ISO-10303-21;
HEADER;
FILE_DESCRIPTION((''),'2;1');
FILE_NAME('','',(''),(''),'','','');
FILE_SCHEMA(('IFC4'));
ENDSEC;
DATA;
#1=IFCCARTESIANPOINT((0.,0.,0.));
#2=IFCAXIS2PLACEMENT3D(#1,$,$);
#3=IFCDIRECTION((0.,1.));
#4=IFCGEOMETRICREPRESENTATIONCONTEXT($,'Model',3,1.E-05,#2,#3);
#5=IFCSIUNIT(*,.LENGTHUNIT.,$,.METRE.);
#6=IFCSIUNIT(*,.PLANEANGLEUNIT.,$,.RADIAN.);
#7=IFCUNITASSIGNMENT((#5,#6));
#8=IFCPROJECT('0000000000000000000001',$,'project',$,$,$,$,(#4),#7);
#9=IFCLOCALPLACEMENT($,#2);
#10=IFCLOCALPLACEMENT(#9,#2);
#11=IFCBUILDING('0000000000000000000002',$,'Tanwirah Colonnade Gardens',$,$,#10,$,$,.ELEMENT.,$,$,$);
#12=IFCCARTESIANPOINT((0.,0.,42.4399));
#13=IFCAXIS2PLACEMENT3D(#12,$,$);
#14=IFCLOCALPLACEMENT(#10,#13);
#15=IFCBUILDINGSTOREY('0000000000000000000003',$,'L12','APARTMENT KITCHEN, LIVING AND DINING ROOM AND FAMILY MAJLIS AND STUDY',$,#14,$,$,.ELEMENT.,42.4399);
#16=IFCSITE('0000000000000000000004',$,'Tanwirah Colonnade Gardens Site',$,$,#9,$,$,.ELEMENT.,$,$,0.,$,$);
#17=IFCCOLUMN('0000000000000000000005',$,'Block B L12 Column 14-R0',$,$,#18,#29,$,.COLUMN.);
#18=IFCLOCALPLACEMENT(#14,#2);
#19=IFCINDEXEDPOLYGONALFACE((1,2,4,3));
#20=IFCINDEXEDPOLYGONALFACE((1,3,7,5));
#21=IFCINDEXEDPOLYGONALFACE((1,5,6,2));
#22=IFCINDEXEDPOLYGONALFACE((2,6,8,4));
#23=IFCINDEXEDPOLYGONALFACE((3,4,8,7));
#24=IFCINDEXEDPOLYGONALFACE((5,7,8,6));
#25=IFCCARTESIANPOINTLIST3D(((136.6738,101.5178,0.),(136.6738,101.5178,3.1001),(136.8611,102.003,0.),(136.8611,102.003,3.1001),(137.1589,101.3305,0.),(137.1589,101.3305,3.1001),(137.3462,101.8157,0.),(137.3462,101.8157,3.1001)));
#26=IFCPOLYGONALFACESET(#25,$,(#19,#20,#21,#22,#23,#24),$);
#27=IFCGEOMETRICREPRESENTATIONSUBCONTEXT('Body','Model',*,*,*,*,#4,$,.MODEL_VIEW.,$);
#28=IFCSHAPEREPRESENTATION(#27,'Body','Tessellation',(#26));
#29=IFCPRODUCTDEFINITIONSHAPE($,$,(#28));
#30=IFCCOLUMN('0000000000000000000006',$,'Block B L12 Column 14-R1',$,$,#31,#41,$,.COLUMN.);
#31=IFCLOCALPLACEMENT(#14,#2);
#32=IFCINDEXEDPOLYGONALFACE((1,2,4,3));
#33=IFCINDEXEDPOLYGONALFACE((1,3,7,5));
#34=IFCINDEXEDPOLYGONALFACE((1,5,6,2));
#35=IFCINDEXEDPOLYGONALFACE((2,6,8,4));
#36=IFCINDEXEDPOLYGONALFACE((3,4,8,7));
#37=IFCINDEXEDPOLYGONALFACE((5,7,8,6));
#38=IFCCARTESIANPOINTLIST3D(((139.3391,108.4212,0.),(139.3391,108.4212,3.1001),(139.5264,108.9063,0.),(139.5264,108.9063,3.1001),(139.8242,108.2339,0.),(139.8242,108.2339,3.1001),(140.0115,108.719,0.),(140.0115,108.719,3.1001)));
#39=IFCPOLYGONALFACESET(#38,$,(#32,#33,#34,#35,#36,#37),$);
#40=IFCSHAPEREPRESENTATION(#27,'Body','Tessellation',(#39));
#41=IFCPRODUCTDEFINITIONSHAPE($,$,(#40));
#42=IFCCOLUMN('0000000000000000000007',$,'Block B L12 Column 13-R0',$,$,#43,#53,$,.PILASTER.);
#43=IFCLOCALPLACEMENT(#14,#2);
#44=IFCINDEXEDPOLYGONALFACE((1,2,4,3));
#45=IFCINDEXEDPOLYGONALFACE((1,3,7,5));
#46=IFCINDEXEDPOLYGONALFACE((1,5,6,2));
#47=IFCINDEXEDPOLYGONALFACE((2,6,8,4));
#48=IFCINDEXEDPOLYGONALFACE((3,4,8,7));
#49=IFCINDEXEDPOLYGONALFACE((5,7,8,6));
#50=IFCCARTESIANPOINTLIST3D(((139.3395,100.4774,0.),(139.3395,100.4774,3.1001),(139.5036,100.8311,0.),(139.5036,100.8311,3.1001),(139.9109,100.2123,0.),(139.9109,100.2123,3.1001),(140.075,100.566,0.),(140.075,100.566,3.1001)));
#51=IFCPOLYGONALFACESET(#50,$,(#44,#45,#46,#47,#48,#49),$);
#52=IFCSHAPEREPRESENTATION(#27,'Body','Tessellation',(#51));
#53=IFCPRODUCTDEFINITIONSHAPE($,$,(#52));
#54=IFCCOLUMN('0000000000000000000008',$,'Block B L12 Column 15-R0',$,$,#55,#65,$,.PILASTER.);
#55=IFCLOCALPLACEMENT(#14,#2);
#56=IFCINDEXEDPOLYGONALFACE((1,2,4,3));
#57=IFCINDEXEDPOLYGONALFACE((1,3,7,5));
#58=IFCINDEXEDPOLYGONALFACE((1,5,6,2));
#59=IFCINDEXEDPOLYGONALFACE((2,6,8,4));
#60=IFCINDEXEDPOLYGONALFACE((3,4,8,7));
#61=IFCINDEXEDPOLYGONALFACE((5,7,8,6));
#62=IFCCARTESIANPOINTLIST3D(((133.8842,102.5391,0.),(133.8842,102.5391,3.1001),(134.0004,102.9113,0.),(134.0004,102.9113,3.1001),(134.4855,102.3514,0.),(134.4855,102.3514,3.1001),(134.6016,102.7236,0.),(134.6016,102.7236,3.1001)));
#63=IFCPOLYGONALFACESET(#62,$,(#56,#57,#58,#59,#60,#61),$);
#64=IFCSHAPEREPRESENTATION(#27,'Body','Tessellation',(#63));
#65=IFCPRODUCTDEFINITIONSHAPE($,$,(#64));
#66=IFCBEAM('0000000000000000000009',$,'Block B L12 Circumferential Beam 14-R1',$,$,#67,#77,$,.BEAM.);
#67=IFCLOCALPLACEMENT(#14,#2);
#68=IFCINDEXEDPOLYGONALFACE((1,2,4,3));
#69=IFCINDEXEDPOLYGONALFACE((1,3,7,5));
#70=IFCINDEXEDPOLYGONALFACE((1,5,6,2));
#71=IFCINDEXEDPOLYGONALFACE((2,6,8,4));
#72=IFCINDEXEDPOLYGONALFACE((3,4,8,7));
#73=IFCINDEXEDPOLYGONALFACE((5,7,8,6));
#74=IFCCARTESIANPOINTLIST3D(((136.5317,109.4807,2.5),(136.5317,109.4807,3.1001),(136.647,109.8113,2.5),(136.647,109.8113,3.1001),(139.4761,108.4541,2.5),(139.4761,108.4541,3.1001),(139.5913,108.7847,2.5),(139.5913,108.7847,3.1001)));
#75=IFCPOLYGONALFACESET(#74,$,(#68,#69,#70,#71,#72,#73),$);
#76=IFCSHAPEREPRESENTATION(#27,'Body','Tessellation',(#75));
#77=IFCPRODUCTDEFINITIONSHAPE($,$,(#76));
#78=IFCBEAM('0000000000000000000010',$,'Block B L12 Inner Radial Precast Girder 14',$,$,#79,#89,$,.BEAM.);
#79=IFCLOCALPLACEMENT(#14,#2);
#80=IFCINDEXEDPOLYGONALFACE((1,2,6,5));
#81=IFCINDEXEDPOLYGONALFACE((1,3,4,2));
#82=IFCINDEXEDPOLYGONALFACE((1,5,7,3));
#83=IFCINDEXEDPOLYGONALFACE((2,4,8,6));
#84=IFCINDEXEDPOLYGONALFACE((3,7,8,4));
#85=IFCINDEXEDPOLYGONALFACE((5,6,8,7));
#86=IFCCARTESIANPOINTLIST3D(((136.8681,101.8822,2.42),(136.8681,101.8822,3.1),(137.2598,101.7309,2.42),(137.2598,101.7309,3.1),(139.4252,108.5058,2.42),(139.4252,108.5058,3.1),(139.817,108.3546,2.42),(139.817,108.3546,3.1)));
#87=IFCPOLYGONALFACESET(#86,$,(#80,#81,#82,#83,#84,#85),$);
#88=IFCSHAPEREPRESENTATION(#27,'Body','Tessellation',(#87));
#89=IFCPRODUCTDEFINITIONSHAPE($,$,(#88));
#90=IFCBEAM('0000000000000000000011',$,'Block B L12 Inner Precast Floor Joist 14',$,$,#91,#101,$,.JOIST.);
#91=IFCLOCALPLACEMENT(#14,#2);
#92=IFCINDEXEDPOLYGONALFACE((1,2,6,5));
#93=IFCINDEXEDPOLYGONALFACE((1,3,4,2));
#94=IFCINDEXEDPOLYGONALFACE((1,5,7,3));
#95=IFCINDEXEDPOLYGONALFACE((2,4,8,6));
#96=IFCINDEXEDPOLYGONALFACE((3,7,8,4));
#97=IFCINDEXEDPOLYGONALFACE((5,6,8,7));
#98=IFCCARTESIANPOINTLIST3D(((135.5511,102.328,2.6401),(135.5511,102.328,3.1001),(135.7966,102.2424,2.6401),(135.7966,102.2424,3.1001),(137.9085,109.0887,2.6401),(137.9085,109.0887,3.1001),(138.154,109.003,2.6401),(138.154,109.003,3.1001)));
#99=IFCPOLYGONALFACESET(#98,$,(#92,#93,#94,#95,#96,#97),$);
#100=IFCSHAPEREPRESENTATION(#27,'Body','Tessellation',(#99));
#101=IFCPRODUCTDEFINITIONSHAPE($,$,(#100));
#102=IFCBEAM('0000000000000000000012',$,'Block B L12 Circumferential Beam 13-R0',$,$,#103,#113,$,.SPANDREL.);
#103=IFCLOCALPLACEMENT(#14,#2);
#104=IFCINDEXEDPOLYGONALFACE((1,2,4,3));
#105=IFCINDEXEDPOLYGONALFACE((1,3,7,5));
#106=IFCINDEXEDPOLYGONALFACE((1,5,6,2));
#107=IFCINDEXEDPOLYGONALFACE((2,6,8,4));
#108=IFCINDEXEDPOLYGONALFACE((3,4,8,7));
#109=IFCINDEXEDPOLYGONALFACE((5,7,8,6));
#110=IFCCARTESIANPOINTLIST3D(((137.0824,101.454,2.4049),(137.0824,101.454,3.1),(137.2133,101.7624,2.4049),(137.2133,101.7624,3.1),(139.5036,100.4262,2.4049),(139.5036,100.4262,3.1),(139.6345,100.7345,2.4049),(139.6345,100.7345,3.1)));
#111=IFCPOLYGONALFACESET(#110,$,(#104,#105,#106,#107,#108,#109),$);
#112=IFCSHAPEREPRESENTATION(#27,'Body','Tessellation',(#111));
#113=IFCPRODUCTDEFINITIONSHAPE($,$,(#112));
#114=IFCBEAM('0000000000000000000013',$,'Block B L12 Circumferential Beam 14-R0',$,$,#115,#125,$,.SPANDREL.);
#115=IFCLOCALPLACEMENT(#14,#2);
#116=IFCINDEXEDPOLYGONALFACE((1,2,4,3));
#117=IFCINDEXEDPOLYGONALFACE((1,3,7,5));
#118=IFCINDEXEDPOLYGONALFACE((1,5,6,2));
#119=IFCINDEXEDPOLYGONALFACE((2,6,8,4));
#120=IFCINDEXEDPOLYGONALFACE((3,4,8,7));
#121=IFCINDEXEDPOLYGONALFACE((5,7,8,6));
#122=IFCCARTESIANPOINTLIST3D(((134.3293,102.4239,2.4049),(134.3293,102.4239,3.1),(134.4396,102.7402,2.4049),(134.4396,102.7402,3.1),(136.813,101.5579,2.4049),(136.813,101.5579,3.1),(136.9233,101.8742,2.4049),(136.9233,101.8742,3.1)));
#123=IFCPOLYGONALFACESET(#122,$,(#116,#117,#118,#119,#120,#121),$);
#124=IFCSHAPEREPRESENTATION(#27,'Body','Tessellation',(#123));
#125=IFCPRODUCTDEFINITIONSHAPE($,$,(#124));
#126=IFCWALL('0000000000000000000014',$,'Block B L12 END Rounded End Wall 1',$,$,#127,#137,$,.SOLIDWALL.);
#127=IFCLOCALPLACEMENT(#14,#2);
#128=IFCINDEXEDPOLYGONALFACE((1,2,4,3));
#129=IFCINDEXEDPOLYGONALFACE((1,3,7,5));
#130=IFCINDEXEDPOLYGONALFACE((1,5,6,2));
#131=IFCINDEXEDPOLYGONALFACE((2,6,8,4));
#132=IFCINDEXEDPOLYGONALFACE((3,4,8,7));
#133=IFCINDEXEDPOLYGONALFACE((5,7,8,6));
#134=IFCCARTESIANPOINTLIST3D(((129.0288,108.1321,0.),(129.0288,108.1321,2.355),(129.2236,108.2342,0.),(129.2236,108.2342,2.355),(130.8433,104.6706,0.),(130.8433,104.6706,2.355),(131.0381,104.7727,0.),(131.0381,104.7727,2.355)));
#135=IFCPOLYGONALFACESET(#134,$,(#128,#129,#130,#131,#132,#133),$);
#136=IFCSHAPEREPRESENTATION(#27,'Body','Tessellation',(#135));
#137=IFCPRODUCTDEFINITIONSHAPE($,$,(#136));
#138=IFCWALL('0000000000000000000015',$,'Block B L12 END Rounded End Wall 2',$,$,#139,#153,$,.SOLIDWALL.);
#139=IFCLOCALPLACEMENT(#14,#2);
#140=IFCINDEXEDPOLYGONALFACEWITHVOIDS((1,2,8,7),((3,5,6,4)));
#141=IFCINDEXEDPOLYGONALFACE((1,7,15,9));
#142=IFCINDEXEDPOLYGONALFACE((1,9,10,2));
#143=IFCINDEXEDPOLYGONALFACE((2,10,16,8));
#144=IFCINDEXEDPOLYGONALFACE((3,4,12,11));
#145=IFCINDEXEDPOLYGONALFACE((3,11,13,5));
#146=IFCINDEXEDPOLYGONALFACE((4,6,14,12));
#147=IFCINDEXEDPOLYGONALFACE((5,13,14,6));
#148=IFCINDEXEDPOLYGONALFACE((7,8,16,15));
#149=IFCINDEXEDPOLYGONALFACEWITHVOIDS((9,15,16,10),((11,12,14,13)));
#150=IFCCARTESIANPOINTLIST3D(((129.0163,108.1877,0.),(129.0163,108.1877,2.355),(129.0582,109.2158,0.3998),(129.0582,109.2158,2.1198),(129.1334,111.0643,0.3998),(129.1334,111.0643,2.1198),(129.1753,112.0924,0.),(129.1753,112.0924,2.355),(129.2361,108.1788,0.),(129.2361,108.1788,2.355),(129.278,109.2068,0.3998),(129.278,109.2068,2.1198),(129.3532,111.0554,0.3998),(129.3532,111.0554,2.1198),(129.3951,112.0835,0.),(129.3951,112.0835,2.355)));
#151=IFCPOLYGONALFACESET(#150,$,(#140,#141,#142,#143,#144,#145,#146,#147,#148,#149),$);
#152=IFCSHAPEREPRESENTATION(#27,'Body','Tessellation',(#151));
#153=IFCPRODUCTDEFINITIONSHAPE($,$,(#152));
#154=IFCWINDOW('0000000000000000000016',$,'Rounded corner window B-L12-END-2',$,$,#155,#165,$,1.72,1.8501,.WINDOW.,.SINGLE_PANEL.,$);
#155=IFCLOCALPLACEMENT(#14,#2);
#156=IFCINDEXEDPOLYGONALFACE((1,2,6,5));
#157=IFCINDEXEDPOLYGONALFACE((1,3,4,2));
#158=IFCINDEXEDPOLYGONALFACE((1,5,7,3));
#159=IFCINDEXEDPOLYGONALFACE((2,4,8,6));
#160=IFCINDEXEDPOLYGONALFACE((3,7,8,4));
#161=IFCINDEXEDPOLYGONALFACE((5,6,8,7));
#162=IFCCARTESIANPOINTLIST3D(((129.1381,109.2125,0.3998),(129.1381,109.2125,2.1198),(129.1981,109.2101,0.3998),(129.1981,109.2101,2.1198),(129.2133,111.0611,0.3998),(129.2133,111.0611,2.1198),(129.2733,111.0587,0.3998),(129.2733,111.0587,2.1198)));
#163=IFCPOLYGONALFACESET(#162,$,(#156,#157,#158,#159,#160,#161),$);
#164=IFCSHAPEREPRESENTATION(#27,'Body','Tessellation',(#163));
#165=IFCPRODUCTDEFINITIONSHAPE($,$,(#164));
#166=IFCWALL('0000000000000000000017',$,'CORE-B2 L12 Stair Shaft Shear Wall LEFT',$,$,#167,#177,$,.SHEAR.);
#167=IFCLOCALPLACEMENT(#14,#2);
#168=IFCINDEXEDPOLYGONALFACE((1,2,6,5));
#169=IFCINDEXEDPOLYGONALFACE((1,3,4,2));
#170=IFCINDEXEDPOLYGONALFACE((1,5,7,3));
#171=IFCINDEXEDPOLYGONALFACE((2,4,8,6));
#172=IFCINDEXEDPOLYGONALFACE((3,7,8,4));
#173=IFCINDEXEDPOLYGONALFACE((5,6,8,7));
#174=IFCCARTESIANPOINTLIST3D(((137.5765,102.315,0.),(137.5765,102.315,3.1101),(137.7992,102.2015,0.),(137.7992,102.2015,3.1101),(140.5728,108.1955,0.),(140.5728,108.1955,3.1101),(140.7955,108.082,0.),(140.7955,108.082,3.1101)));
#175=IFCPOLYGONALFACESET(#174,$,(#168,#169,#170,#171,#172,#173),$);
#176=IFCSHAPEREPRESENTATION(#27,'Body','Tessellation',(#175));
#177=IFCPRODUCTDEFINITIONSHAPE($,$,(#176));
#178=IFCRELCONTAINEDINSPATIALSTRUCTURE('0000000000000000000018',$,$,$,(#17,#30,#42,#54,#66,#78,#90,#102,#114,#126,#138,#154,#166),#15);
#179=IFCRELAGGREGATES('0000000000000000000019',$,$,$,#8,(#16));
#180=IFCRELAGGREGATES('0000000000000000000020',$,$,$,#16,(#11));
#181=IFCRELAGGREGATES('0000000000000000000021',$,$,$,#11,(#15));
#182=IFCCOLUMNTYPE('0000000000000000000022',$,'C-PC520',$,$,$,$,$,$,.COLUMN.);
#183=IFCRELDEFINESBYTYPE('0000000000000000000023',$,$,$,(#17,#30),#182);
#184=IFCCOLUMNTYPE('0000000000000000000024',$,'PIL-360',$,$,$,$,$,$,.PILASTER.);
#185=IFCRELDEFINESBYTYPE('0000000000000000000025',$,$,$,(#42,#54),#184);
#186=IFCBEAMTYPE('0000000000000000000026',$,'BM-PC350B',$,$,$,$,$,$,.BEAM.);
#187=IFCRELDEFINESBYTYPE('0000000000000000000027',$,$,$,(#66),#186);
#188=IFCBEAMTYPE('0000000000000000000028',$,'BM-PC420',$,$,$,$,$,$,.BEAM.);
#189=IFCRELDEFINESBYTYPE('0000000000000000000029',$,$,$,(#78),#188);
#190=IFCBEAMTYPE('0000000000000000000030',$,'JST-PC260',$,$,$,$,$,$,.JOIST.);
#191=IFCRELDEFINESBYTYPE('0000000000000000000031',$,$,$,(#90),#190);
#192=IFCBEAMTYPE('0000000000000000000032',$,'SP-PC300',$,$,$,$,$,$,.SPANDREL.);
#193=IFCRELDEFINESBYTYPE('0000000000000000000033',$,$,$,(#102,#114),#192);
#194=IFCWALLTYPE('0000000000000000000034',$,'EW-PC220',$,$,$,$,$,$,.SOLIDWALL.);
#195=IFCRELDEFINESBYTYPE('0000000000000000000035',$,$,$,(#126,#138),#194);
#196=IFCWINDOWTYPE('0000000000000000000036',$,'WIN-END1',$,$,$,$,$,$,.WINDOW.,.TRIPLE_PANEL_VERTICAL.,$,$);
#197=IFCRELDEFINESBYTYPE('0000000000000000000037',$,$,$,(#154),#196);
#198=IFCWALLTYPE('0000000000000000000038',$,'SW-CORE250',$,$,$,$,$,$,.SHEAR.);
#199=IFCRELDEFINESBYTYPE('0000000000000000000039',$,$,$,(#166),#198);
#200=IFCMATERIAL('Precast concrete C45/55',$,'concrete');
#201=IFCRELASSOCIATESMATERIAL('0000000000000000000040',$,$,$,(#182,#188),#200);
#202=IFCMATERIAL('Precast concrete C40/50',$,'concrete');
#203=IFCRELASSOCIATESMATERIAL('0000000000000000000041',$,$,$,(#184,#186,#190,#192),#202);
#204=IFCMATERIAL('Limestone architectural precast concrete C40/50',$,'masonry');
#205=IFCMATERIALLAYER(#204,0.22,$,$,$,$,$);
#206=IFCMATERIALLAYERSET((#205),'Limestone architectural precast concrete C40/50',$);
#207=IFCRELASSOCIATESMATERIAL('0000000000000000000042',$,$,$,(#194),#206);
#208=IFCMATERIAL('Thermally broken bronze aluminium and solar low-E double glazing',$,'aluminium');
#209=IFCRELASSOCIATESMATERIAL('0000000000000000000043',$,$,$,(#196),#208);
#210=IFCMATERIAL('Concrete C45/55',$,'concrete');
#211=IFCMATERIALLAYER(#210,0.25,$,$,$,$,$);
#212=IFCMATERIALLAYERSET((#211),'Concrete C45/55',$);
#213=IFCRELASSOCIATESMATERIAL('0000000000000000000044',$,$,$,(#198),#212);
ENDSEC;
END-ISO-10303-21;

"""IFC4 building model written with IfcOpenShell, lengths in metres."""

from ifc_helpers import new_model, si_unit, direction, frame, frame_2d, origin, origin_2d, place, context, subcontext, project, spatial, rectangle, extrude, material, layer, layer_set, material_profile, profile_set, type_object, element, fill, save


model = new_model("IFC4")

# Units and contexts
model_context = context("Model", 3, precision=1e-05, world=origin(), true_north=direction((0.0, 1.0)))
body_context = subcontext(model_context, "Body", "Model", "MODEL_VIEW")
ifc_project = project(units=[si_unit("LENGTHUNIT", "METRE"), si_unit("PLANEANGLEUNIT", "RADIAN")], contexts=[model_context])

# Site, building, storey
site_placement = place(None, origin())
site = spatial("IfcSite", under=ifc_project, at=site_placement, Name="Tanwirah Colonnade Gardens Site", CompositionType="ELEMENT", RefElevation=0.0)
building_placement = place(site_placement, origin())
building = spatial("IfcBuilding", under=site, at=building_placement, Name="Tanwirah Colonnade Gardens", CompositionType="ELEMENT")
storey_placement = place(building_placement, frame((0.0, 0.0, 42.4399)))
storey = spatial("IfcBuildingStorey", under=building, at=storey_placement, Name="L12", Description="APARTMENT KITCHEN, LIVING AND DINING ROOM AND FAMILY MAJLIS AND STUDY", CompositionType="ELEMENT", Elevation=42.4399)

# Columns
ifc_material_1 = material(Name="Precast concrete C45/55", Category="concrete")
ifc_material_profile_1 = material_profile(ifc_material_1, rectangle(XDim=0.52, YDim=0.52, at=origin_2d()), Name="PC-COL 520x520")
ifc_profile_set_1 = profile_set([ifc_material_profile_1], Name="Precast concrete C45/55")
column_type_1 = type_object("IfcColumnType", Name="C-PC520", PredefinedType="COLUMN", material=ifc_profile_set_1)
for number, where, z_axis, x_axis, name in (
    (1, (137.01, 101.6667, 0.0), (0.0, 0.0, 1.0), (0.360178, 0.932884, 0.0), "Block B L12 Column 14-R0"),
    (2, (139.6753, 108.5701, 0.0), (0.0, 0.0, 1.0), (0.360178, 0.932884, 0.0), "Block B L12 Column 14-R1"),
):
    element("IfcColumn", number, at=place(storey_placement, frame(where, z_axis=z_axis, x_axis=x_axis)), inside=storey, type_object=column_type_1, Name=name, PredefinedType="COLUMN", context=body_context, shape_type="SweptSolid", body=[
        extrude(rectangle(XDim=0.52, YDim=0.52, at=origin_2d()), origin(), (0.0, 0.0, 1.0), 3.1001),
    ])
ifc_material_2 = material(Name="Precast concrete C40/50", Category="concrete")
ifc_material_profile_2 = material_profile(ifc_material_2, rectangle(XDim=0.3899, YDim=0.6299, at=origin_2d()), Name="PC-PIL 390x630")
ifc_profile_set_2 = profile_set([ifc_material_profile_2], Name="Precast concrete C40/50")
column_type_2 = type_object("IfcColumnType", Name="PIL-360", PredefinedType="PILASTER", material=ifc_profile_set_2)
for number, where, z_axis, x_axis, name in (
    (3, (139.7073, 100.5217, 0.0), (0.0, 0.0, 1.0), (0.42086, 0.907126, 0.0), "Block B L12 Column 13-R0"),
    (4, (134.2429, 102.6313, 0.0), (0.0, 0.0, 1.0), (0.29793, 0.954588, 0.0), "Block B L12 Column 15-R0"),
):
    element("IfcColumn", number, at=place(storey_placement, frame(where, z_axis=z_axis, x_axis=x_axis)), inside=storey, type_object=column_type_2, Name=name, PredefinedType="PILASTER", context=body_context, shape_type="SweptSolid", body=[
        extrude(rectangle(XDim=0.3899, YDim=0.6299, at=origin_2d()), origin(), (0.0, 0.0, 1.0), 3.1001),
    ])

# Beams
ifc_material_profile_3 = material_profile(ifc_material_2, rectangle(XDim=0.3501, YDim=0.6001, at=origin_2d()), Name="PC-BM 350x600")
ifc_profile_set_3 = profile_set([ifc_material_profile_3], Name="Precast concrete C40/50")
beam_type_1 = type_object("IfcBeamType", Name="BM-PC350B", PredefinedType="BEAM", material=ifc_profile_set_3)
beam_1_placement = place(storey_placement, frame((139.5337, 108.6194, 2.8), z_axis=(-0.944248, 0.329234, 0.0), x_axis=(-0.329234, -0.944248, 0.0)))
element("IfcBeam", 5, at=beam_1_placement, inside=storey, type_object=beam_type_1, Name="Block B L12 Circumferential Beam 14-R1", PredefinedType="BEAM", context=body_context, shape_type="SweptSolid", body=[
    extrude(rectangle(XDim=0.3501, YDim=0.6001, at=origin_2d()), origin(), (0.0, 0.0, 1.0), 3.1182),
])
ifc_material_profile_4 = material_profile(ifc_material_1, rectangle(XDim=0.4199, YDim=0.6799, at=origin_2d()), Name="PC-BM 420x680")
ifc_profile_set_4 = profile_set([ifc_material_profile_4], Name="Precast concrete C45/55")
beam_type_2 = type_object("IfcBeamType", Name="BM-PC420", PredefinedType="BEAM", material=ifc_profile_set_4)
beam_2_placement = place(storey_placement, frame((139.6211, 108.4302, 2.76), z_axis=(-0.360159, -0.932891, 0.0), x_axis=(0.932891, -0.360159, 0.0)))
element("IfcBeam", 6, at=beam_2_placement, inside=storey, type_object=beam_type_2, Name="Block B L12 Inner Radial Precast Girder 14", PredefinedType="BEAM", context=body_context, shape_type="SweptSolid", body=[
    extrude(rectangle(XDim=0.4199, YDim=0.6799, at=origin_2d()), origin(), (0.0, 0.0, 1.0), 7.1001),
])
ifc_material_profile_5 = material_profile(ifc_material_2, rectangle(XDim=0.26, YDim=0.46, at=origin_2d()), Name="PC-JST 260x460")
ifc_profile_set_5 = profile_set([ifc_material_profile_5], Name="Precast concrete C40/50")
beam_type_3 = type_object("IfcBeamType", Name="JST-PC260", PredefinedType="JOIST", material=ifc_profile_set_5)
beam_3_placement = place(storey_placement, frame((135.6738, 102.2852, 2.8701), z_axis=(0.329251, 0.944243, 0.0), x_axis=(-0.944243, 0.329251, 0.0)))
element("IfcBeam", 7, at=beam_3_placement, inside=storey, type_object=beam_type_3, Name="Block B L12 Inner Precast Floor Joist 14", PredefinedType="JOIST", context=body_context, shape_type="SweptSolid", body=[
    extrude(rectangle(XDim=0.26, YDim=0.46, at=origin_2d()), origin(), (0.0, 0.0, 1.0), 7.1599),
])
ifc_material_profile_6 = material_profile(ifc_material_2, rectangle(XDim=0.335, YDim=0.6951, at=origin_2d()), Name="PC-SP 335x695")
ifc_profile_set_6 = profile_set([ifc_material_profile_6], Name="Precast concrete C40/50")
beam_type_4 = type_object("IfcBeamType", Name="SP-PC300", PredefinedType="SPANDREL", material=ifc_profile_set_6)
for number, where, z_axis, x_axis, name in (
    (8, (139.5691, 100.5803, 2.7524), (-0.920489, 0.390769, 0.0), (-0.390769, -0.920489, 0.0), "Block B L12 Circumferential Beam 13-R0"),
    (9, (136.8682, 101.7161, 2.7524), (-0.94425, 0.32923, 0.0), (-0.32923, -0.94425, 0.0), "Block B L12 Circumferential Beam 14-R0"),
):
    element("IfcBeam", number, at=place(storey_placement, frame(where, z_axis=z_axis, x_axis=x_axis)), inside=storey, type_object=beam_type_4, Name=name, PredefinedType="SPANDREL", context=body_context, shape_type="SweptSolid", body=[
        extrude(rectangle(XDim=0.335, YDim=0.6951, at=origin_2d()), origin(), (0.0, 0.0, 1.0), 2.6304),
    ])

# Wall
ifc_material_3 = material(Name="Limestone architectural precast concrete C40/50", Category="masonry")
ifc_layer_1 = layer(ifc_material_3, 0.22)
ifc_layer_set_1 = layer_set([ifc_layer_1], Name="Limestone architectural precast concrete C40/50")
wall_type_1 = type_object("IfcWallType", Name="EW-PC220", PredefinedType="SOLIDWALL", material=ifc_layer_set_1)
wall_1_placement = place(storey_placement, frame((130.9407, 104.7217, 0.0), z_axis=(0.0, 0.0, 1.0), x_axis=(-0.464273, 0.885692, 0.0)))
element("IfcWall", 10, at=wall_1_placement, inside=storey, type_object=wall_type_1, Name="Block B L12 END Rounded End Wall 1", PredefinedType="SOLIDWALL", context=body_context, shape_type="SweptSolid", body=[
    extrude(rectangle(XDim=3.9082, YDim=0.22, at=frame_2d((1.9541, 0.0))), origin(), (0.0, 0.0, 1.0), 2.355),
])

# Wall, opening, window
wall_2_placement = place(storey_placement, frame((129.1262, 108.1831, 0.0), z_axis=(0.0, 0.0, 1.0), x_axis=(0.040669, 0.999173, 0.0)))
wall_2 = element("IfcWall", 11, at=wall_2_placement, inside=storey, type_object=wall_type_1, Name="Block B L12 END Rounded End Wall 2", PredefinedType="SOLIDWALL", context=body_context, shape_type="SweptSolid", body=[
    extrude(rectangle(XDim=3.908, YDim=0.22, at=frame_2d((1.9541, 0.0))), origin(), (0.0, 0.0, 1.0), 2.355),
])
opening_1_placement = place(wall_2_placement, frame((1.0291, 0.0, 0.3999)))
opening_1 = element("IfcOpeningElement", 12, at=opening_1_placement, cuts=wall_2, PredefinedType="OPENING", context=body_context, shape_type="SweptSolid", body=[
    extrude(rectangle(XDim=1.8501, YDim=1.72, at=frame_2d((0.925, 0.8599))), frame((0.0, 0.1199, 0.0), z_axis=(0.0, -1.0, 0.0), x_axis=(1.0, 0.0, 0.0)), (0.0, 0.0, 1.0), 0.24),
])
ifc_material_4 = material(Name="Thermally broken bronze aluminium and solar low-E double glazing", Category="aluminium")
window_type = type_object("IfcWindowType", Name="WIN-END1", PartitioningType="TRIPLE_PANEL_VERTICAL", PredefinedType="WINDOW", material=ifc_material_4)
window_placement = place(opening_1_placement, origin())
window = element("IfcWindow", 13, at=window_placement, inside=storey, type_object=window_type, Name="Rounded corner window B-L12-END-2", OverallHeight=1.72, OverallWidth=1.8501, PartitioningType="SINGLE_PANEL", PredefinedType="WINDOW", context=body_context, shape_type="SweptSolid", body=[
    extrude(rectangle(XDim=1.8501, YDim=1.72, at=frame_2d((0.925, 0.8599))), frame((0.0, 0.03, 0.0), z_axis=(0.0, -1.0, 0.0), x_axis=(1.0, 0.0, 0.0)), (0.0, 0.0, 1.0), 0.0601),
])
fill(opening_1, window)

# Wall
ifc_material_5 = material(Name="Concrete C45/55", Category="concrete")
ifc_layer_2 = layer(ifc_material_5, 0.25)
ifc_layer_set_2 = layer_set([ifc_layer_2], Name="Concrete C45/55")
wall_type_2 = type_object("IfcWallType", Name="SW-CORE250", PredefinedType="SHEAR", material=ifc_layer_set_2)
wall_3_placement = place(storey_placement, frame((140.6841, 108.1387, 0.0), z_axis=(0.0, 0.0, 1.0), x_axis=(-0.453992, -0.891006, 0.0)))
element("IfcWall", 14, at=wall_3_placement, inside=storey, type_object=wall_type_2, Name="CORE-B2 L12 Stair Shaft Shear Wall LEFT", PredefinedType="SHEAR", context=body_context, shape_type="SweptSolid", body=[
    extrude(rectangle(XDim=6.5999, YDim=0.25, at=frame_2d((3.2998, 0.0))), origin(), (0.0, 0.0, 1.0), 3.1101),
])

save(model, "model.ifc")
